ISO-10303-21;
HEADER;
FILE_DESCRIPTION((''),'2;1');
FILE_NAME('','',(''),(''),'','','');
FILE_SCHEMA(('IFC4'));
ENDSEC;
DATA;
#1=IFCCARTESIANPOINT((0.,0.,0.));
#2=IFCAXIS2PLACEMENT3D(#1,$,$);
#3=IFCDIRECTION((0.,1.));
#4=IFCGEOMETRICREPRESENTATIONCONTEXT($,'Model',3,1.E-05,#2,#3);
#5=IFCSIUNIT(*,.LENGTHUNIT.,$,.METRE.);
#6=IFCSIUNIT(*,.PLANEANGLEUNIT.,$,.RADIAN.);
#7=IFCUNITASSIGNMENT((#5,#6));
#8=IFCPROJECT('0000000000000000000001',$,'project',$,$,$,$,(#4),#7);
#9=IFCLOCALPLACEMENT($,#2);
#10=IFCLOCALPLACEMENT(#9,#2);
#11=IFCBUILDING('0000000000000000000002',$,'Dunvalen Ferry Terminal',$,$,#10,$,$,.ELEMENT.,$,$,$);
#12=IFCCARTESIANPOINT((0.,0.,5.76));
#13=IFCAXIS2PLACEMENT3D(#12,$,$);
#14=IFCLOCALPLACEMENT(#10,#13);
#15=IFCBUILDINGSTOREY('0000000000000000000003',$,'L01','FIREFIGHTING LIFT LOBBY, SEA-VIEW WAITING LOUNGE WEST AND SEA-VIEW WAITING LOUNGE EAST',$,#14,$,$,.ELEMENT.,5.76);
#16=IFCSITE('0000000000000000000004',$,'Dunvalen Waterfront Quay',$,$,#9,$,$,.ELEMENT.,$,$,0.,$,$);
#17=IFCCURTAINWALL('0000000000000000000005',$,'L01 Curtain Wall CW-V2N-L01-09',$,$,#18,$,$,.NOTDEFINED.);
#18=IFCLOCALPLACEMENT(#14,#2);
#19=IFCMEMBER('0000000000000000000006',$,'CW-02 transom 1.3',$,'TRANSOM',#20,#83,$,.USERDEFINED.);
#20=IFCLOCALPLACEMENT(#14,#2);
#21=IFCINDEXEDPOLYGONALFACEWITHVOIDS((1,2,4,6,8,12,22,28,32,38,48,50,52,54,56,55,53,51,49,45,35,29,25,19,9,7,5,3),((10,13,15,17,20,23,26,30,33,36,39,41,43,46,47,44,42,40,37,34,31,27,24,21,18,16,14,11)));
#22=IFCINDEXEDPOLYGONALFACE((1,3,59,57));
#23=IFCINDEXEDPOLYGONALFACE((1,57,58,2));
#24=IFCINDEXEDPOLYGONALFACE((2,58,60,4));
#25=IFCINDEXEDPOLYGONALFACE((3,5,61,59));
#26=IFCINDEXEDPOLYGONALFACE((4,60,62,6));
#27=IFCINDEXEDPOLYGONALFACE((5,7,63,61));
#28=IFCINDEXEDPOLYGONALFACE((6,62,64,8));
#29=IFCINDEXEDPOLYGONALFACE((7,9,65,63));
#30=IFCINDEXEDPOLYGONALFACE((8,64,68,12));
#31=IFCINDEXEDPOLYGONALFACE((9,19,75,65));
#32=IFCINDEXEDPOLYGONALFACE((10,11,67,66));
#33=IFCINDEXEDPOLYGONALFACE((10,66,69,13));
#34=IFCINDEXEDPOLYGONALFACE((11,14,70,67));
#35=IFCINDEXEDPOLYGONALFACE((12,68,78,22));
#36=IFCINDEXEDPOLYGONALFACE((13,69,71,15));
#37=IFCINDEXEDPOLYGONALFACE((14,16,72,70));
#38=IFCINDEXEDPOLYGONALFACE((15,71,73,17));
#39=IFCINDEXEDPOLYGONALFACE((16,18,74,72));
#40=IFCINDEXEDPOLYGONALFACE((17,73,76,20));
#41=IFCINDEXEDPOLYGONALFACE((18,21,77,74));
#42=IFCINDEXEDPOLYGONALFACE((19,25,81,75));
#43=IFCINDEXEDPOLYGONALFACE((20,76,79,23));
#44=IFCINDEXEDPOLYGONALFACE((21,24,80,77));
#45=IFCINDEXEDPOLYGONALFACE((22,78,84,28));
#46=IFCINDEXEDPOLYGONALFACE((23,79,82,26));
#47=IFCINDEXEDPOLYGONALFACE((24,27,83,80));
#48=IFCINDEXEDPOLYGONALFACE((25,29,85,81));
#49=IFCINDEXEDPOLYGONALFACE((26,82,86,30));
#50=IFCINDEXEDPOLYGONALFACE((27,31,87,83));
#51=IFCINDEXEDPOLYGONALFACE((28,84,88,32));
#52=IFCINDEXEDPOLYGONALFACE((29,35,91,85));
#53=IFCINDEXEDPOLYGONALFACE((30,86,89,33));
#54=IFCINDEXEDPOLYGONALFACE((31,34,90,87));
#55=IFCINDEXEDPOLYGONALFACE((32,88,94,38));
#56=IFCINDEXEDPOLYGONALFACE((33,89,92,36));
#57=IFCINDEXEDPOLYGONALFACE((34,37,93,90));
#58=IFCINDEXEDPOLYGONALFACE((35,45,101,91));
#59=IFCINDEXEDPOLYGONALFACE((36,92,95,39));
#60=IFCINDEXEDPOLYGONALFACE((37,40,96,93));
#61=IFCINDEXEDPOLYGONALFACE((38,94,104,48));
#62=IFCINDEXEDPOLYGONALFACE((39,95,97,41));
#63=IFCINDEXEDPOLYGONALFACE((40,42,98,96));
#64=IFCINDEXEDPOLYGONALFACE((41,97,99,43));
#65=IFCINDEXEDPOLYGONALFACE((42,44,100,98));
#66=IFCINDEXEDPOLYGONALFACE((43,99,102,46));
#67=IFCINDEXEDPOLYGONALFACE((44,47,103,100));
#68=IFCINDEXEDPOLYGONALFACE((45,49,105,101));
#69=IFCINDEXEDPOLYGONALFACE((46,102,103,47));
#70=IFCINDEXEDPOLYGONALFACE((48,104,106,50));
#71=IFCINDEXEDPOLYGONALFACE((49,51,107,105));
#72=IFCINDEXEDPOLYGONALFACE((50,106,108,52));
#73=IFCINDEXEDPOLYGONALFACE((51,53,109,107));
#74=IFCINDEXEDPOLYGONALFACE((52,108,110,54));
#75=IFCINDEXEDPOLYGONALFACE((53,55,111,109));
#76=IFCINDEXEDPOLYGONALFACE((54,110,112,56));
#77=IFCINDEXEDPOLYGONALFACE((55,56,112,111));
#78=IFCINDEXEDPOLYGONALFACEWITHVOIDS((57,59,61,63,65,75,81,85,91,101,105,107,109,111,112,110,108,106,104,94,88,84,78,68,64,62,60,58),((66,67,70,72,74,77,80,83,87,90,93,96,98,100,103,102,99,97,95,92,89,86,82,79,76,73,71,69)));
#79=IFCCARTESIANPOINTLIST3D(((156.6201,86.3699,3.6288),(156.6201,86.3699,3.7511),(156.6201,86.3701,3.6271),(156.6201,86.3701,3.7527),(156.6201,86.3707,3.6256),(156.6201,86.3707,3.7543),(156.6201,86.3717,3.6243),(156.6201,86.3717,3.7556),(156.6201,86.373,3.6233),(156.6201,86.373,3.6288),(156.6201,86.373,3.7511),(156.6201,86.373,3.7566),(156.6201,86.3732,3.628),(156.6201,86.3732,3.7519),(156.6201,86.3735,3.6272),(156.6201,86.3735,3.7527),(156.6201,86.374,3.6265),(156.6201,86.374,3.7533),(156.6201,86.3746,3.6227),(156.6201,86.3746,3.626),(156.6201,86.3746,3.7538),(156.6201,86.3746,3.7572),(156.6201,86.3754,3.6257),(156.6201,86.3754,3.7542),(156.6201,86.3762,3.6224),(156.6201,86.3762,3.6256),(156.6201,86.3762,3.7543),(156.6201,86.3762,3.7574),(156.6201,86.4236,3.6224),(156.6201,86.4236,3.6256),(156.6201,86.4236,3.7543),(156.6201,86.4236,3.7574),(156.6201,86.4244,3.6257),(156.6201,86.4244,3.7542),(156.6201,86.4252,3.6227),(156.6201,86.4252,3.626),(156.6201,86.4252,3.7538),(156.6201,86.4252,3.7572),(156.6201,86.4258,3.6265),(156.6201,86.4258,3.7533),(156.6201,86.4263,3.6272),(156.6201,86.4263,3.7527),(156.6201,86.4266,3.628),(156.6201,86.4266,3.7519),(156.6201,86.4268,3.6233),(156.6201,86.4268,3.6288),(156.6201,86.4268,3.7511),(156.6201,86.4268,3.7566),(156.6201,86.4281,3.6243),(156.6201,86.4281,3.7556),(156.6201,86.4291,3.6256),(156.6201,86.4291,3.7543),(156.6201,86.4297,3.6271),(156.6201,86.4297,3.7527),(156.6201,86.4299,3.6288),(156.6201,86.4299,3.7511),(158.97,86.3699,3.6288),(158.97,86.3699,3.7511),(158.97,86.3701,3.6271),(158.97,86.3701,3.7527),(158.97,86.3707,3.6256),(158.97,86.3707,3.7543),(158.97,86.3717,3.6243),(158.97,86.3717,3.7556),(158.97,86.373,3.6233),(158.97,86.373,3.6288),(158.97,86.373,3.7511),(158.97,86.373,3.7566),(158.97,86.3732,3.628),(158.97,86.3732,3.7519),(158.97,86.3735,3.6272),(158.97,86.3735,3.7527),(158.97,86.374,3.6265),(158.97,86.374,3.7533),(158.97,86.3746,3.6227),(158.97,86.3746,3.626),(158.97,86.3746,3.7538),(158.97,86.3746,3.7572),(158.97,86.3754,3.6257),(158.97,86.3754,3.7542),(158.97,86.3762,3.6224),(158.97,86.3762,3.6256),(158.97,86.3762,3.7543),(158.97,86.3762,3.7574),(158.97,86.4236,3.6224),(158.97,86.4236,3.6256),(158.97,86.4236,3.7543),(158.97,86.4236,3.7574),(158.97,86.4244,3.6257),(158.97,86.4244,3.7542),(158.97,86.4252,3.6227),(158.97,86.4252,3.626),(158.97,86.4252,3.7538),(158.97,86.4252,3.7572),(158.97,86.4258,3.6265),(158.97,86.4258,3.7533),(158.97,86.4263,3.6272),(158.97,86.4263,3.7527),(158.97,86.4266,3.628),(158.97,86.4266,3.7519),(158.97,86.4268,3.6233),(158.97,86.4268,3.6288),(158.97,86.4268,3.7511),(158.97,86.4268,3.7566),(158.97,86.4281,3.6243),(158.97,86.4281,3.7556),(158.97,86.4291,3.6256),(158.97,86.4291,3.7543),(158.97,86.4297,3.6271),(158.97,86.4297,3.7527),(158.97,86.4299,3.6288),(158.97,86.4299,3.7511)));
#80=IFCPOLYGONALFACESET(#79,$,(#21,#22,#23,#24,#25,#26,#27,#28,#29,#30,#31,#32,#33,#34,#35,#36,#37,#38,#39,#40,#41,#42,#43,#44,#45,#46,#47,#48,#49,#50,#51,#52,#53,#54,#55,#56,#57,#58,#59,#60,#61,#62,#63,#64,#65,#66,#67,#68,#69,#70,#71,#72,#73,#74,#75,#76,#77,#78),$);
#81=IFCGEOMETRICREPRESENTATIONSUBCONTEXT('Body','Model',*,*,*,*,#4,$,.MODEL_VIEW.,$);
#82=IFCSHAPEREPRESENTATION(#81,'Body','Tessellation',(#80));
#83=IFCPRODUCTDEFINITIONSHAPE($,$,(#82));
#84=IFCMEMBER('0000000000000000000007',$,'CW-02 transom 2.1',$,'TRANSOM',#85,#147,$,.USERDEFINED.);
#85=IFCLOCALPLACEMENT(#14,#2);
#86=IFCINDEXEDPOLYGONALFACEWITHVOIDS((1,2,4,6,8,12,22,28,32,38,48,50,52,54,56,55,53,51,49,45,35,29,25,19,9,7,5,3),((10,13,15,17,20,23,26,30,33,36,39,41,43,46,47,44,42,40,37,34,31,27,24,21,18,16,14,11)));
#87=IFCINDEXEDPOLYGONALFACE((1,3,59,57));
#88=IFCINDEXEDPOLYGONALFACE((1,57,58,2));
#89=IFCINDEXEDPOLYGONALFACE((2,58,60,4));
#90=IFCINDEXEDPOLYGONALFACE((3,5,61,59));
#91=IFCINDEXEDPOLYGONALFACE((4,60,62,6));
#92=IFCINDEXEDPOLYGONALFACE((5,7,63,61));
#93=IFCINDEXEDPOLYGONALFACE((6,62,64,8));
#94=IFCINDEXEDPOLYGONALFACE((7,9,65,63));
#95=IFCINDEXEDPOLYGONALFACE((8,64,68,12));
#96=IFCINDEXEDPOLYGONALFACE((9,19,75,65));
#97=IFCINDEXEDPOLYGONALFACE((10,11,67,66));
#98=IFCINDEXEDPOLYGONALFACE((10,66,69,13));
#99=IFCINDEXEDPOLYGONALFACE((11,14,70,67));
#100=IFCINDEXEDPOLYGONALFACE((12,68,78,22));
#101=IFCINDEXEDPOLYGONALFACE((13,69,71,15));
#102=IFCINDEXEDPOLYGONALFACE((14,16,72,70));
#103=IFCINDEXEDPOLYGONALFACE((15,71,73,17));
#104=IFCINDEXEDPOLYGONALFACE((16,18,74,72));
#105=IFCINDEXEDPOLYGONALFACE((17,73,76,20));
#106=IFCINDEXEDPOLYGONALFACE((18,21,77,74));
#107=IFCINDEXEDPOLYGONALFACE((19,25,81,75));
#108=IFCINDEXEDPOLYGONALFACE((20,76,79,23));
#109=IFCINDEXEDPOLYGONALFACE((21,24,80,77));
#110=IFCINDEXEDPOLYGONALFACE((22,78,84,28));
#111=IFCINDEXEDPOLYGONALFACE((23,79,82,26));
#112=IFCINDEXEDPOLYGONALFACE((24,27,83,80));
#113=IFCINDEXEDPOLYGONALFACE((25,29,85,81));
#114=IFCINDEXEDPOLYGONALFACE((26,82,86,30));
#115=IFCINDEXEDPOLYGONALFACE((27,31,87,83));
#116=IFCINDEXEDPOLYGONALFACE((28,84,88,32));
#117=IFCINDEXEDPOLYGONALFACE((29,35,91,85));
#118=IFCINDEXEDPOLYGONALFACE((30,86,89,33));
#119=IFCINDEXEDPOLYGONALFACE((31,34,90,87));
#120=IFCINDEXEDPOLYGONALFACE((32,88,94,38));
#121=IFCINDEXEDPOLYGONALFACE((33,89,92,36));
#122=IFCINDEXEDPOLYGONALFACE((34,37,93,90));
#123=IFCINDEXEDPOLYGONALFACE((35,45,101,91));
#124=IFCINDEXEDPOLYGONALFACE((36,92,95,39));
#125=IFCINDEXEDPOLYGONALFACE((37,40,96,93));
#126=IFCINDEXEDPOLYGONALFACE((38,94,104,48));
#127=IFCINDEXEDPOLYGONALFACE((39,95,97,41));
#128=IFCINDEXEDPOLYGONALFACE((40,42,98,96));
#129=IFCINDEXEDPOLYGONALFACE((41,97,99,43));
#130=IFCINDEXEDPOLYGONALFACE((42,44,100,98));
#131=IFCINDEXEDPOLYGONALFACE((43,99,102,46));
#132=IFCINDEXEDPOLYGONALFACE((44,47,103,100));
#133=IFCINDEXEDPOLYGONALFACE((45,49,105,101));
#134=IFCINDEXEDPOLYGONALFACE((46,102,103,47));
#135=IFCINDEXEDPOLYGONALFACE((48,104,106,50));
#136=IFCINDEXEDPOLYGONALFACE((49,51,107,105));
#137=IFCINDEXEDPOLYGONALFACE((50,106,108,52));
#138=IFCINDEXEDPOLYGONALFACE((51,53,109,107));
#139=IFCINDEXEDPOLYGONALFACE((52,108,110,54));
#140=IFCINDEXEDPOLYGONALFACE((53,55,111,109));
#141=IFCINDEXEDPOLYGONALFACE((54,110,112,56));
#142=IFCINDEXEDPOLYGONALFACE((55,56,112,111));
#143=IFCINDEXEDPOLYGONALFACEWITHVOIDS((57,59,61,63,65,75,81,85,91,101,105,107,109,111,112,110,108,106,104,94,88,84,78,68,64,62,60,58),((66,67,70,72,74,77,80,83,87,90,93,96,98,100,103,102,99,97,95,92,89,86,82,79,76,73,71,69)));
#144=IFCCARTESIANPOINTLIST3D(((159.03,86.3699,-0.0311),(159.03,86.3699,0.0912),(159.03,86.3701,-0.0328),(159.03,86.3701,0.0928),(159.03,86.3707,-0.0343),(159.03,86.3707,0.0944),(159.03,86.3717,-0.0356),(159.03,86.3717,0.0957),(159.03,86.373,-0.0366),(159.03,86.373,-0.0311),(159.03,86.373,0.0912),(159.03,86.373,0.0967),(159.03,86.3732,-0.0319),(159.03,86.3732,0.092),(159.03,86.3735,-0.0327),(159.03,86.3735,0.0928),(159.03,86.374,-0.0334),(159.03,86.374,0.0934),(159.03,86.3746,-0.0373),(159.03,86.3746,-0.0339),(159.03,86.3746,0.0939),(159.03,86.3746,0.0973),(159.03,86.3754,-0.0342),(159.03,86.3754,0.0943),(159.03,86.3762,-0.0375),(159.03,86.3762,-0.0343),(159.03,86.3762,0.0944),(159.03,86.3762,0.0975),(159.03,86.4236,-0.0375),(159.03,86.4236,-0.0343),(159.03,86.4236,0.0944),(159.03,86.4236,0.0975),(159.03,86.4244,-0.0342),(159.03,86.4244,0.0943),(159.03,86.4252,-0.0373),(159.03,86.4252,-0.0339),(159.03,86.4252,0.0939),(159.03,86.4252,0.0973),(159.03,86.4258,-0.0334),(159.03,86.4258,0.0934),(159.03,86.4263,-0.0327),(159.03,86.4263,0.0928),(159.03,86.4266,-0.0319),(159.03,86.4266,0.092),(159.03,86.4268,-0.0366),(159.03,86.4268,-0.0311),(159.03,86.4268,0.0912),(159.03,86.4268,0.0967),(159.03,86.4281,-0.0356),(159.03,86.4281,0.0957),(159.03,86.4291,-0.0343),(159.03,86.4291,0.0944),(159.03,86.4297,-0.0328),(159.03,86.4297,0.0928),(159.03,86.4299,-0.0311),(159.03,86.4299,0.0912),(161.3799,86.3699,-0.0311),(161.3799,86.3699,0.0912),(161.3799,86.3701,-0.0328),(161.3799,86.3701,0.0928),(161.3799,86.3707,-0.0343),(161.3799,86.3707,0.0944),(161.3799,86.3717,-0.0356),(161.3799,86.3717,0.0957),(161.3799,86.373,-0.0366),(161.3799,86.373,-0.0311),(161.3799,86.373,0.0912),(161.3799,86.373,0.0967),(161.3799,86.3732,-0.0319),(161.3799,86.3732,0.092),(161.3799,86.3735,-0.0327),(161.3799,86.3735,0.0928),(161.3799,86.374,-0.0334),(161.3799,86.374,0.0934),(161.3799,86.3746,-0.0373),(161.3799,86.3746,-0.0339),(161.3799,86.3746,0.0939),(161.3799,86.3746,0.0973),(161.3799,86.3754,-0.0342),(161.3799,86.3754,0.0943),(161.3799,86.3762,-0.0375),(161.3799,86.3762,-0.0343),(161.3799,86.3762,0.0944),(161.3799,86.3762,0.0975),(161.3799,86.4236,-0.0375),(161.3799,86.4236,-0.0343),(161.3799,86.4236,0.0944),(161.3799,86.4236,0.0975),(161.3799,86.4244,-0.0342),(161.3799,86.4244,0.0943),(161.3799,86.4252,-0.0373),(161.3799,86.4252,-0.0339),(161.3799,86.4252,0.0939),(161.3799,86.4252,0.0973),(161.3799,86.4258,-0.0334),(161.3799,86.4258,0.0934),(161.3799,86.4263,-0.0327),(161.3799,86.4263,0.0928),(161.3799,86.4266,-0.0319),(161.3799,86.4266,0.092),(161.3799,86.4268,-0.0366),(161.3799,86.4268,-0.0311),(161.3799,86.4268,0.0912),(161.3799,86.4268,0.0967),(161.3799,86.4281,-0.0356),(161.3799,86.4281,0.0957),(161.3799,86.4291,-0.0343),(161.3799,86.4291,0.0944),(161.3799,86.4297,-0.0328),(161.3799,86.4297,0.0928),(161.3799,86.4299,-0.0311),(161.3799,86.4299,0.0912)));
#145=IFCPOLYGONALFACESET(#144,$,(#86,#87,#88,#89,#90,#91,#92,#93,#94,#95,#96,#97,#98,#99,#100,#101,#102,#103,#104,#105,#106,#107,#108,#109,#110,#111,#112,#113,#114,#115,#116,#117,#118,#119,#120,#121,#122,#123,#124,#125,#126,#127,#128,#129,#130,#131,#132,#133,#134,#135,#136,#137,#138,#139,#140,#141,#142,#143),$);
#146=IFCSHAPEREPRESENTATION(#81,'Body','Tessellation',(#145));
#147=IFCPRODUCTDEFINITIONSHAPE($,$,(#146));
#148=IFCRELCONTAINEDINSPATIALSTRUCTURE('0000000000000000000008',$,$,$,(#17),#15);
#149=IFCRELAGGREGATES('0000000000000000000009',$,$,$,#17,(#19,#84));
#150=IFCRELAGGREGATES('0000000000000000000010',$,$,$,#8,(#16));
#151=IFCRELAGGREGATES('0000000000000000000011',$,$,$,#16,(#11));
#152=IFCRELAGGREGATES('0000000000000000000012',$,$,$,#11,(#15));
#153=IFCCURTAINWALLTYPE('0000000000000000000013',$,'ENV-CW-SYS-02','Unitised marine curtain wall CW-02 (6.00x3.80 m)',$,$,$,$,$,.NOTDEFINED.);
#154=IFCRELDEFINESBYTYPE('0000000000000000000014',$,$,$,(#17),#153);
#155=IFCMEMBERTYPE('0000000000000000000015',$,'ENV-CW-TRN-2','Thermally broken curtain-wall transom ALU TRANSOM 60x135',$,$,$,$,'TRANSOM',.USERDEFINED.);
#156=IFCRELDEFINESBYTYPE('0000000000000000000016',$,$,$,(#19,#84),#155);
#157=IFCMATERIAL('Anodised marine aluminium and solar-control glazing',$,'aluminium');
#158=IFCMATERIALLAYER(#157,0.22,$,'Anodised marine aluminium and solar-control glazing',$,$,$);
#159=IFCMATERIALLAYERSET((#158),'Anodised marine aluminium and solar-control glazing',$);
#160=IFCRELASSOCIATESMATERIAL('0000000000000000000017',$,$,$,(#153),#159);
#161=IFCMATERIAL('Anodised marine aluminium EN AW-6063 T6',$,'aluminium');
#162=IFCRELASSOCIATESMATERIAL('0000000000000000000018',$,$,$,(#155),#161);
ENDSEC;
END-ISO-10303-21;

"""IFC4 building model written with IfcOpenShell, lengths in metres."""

from ifc_helpers import new_model, si_unit, direction, frame, origin, origin_2d, place, context, subcontext, project, spatial, hollow_rectangle, extrude, material, layer, layer_set, material_profile, profile_set, type_object, element, aggregate, save


model = new_model("IFC4")

# Units and contexts
model_context = context("Model", 3, precision=1e-05, world=origin(), true_north=direction((0.0, 1.0)))
body_context = subcontext(model_context, "Body", "Model", "MODEL_VIEW")
ifc_project = project(units=[si_unit("LENGTHUNIT", "METRE"), si_unit("PLANEANGLEUNIT", "RADIAN")], contexts=[model_context])

# Site, building, storey
site_placement = place(None, origin())
site = spatial("IfcSite", under=ifc_project, at=site_placement, Name="Dunvalen Waterfront Quay", CompositionType="ELEMENT", RefElevation=0.0)
building_placement = place(site_placement, origin())
building = spatial("IfcBuilding", under=site, at=building_placement, Name="Dunvalen Ferry Terminal", CompositionType="ELEMENT")
storey_placement = place(building_placement, frame((0.0, 0.0, 5.76)))
storey = spatial("IfcBuildingStorey", under=building, at=storey_placement, Name="L01", Description="FIREFIGHTING LIFT LOBBY, SEA-VIEW WAITING LOUNGE WEST AND SEA-VIEW WAITING LOUNGE EAST", CompositionType="ELEMENT", Elevation=5.76)

# Curtain wall
ifc_material_1 = material(Name="Anodised marine aluminium and solar-control glazing", Category="aluminium")
ifc_layer_1 = layer(ifc_material_1, 0.22, Name="Anodised marine aluminium and solar-control glazing")
ifc_layer_set_1 = layer_set([ifc_layer_1], Name="Anodised marine aluminium and solar-control glazing")
curtain_wall_type_1 = type_object("IfcCurtainWallType", Name="ENV-CW-SYS-02", Description="Unitised marine curtain wall CW-02 (6.00x3.80 m)", PredefinedType="NOTDEFINED", material=ifc_layer_set_1)
curtain_wall_1_placement = place(storey_placement, origin())
curtain_wall_1 = element("IfcCurtainWall", 1, at=curtain_wall_1_placement, inside=storey, type_object=curtain_wall_type_1, Name="L01 Curtain Wall CW-V2N-L01-09", PredefinedType="NOTDEFINED")
ifc_material_2 = material(Name="Anodised marine aluminium EN AW-6063 T6", Category="aluminium")

# Members
ifc_material_profile_1 = material_profile(ifc_material_2, hollow_rectangle(XDim=0.0601, YDim=0.135, WallThickness=0.0032, InnerFilletRadius=0.0032, OuterFilletRadius=0.0063, at=origin_2d()), Name="Anodised marine aluminium EN AW-6063 T6")
ifc_profile_set_1 = profile_set([ifc_material_profile_1], Name="Anodised marine aluminium EN AW-6063 T6")
member_type_1 = type_object("IfcMemberType", Name="ENV-CW-TRN-2", Description="Thermally broken curtain-wall transom ALU TRANSOM 60x135", ElementType="TRANSOM", PredefinedType="USERDEFINED", material=ifc_profile_set_1)
member_1_placement = place(storey_placement, frame((156.6201, 86.3999, 3.6899), z_axis=(1.0, 0.0, 0.0), x_axis=(0.0, 1.0, 0.0)))
member_1 = element("IfcMember", 2, at=member_1_placement, type_object=member_type_1, Name="CW-02 transom 1.3", ObjectType="TRANSOM", PredefinedType="USERDEFINED", context=body_context, shape_type="SweptSolid", body=[
    extrude(hollow_rectangle(XDim=0.0601, YDim=0.135, WallThickness=0.0032, InnerFilletRadius=0.0032, OuterFilletRadius=0.0063, at=origin_2d()), origin(), (0.0, 0.0, 1.0), 2.3499),
])
member_2_placement = place(storey_placement, frame((159.03, 86.3999, 0.03), z_axis=(1.0, 0.0, 0.0), x_axis=(0.0, 1.0, 0.0)))
member_2 = element("IfcMember", 3, at=member_2_placement, type_object=member_type_1, Name="CW-02 transom 2.1", ObjectType="TRANSOM", PredefinedType="USERDEFINED", context=body_context, shape_type="SweptSolid", body=[
    extrude(hollow_rectangle(XDim=0.0601, YDim=0.135, WallThickness=0.0032, InnerFilletRadius=0.0032, OuterFilletRadius=0.0063, at=origin_2d()), origin(), (0.0, 0.0, 1.0), 2.3499),
])

aggregate(curtain_wall_1, [member_1, member_2])

save(model, "model.ifc")
